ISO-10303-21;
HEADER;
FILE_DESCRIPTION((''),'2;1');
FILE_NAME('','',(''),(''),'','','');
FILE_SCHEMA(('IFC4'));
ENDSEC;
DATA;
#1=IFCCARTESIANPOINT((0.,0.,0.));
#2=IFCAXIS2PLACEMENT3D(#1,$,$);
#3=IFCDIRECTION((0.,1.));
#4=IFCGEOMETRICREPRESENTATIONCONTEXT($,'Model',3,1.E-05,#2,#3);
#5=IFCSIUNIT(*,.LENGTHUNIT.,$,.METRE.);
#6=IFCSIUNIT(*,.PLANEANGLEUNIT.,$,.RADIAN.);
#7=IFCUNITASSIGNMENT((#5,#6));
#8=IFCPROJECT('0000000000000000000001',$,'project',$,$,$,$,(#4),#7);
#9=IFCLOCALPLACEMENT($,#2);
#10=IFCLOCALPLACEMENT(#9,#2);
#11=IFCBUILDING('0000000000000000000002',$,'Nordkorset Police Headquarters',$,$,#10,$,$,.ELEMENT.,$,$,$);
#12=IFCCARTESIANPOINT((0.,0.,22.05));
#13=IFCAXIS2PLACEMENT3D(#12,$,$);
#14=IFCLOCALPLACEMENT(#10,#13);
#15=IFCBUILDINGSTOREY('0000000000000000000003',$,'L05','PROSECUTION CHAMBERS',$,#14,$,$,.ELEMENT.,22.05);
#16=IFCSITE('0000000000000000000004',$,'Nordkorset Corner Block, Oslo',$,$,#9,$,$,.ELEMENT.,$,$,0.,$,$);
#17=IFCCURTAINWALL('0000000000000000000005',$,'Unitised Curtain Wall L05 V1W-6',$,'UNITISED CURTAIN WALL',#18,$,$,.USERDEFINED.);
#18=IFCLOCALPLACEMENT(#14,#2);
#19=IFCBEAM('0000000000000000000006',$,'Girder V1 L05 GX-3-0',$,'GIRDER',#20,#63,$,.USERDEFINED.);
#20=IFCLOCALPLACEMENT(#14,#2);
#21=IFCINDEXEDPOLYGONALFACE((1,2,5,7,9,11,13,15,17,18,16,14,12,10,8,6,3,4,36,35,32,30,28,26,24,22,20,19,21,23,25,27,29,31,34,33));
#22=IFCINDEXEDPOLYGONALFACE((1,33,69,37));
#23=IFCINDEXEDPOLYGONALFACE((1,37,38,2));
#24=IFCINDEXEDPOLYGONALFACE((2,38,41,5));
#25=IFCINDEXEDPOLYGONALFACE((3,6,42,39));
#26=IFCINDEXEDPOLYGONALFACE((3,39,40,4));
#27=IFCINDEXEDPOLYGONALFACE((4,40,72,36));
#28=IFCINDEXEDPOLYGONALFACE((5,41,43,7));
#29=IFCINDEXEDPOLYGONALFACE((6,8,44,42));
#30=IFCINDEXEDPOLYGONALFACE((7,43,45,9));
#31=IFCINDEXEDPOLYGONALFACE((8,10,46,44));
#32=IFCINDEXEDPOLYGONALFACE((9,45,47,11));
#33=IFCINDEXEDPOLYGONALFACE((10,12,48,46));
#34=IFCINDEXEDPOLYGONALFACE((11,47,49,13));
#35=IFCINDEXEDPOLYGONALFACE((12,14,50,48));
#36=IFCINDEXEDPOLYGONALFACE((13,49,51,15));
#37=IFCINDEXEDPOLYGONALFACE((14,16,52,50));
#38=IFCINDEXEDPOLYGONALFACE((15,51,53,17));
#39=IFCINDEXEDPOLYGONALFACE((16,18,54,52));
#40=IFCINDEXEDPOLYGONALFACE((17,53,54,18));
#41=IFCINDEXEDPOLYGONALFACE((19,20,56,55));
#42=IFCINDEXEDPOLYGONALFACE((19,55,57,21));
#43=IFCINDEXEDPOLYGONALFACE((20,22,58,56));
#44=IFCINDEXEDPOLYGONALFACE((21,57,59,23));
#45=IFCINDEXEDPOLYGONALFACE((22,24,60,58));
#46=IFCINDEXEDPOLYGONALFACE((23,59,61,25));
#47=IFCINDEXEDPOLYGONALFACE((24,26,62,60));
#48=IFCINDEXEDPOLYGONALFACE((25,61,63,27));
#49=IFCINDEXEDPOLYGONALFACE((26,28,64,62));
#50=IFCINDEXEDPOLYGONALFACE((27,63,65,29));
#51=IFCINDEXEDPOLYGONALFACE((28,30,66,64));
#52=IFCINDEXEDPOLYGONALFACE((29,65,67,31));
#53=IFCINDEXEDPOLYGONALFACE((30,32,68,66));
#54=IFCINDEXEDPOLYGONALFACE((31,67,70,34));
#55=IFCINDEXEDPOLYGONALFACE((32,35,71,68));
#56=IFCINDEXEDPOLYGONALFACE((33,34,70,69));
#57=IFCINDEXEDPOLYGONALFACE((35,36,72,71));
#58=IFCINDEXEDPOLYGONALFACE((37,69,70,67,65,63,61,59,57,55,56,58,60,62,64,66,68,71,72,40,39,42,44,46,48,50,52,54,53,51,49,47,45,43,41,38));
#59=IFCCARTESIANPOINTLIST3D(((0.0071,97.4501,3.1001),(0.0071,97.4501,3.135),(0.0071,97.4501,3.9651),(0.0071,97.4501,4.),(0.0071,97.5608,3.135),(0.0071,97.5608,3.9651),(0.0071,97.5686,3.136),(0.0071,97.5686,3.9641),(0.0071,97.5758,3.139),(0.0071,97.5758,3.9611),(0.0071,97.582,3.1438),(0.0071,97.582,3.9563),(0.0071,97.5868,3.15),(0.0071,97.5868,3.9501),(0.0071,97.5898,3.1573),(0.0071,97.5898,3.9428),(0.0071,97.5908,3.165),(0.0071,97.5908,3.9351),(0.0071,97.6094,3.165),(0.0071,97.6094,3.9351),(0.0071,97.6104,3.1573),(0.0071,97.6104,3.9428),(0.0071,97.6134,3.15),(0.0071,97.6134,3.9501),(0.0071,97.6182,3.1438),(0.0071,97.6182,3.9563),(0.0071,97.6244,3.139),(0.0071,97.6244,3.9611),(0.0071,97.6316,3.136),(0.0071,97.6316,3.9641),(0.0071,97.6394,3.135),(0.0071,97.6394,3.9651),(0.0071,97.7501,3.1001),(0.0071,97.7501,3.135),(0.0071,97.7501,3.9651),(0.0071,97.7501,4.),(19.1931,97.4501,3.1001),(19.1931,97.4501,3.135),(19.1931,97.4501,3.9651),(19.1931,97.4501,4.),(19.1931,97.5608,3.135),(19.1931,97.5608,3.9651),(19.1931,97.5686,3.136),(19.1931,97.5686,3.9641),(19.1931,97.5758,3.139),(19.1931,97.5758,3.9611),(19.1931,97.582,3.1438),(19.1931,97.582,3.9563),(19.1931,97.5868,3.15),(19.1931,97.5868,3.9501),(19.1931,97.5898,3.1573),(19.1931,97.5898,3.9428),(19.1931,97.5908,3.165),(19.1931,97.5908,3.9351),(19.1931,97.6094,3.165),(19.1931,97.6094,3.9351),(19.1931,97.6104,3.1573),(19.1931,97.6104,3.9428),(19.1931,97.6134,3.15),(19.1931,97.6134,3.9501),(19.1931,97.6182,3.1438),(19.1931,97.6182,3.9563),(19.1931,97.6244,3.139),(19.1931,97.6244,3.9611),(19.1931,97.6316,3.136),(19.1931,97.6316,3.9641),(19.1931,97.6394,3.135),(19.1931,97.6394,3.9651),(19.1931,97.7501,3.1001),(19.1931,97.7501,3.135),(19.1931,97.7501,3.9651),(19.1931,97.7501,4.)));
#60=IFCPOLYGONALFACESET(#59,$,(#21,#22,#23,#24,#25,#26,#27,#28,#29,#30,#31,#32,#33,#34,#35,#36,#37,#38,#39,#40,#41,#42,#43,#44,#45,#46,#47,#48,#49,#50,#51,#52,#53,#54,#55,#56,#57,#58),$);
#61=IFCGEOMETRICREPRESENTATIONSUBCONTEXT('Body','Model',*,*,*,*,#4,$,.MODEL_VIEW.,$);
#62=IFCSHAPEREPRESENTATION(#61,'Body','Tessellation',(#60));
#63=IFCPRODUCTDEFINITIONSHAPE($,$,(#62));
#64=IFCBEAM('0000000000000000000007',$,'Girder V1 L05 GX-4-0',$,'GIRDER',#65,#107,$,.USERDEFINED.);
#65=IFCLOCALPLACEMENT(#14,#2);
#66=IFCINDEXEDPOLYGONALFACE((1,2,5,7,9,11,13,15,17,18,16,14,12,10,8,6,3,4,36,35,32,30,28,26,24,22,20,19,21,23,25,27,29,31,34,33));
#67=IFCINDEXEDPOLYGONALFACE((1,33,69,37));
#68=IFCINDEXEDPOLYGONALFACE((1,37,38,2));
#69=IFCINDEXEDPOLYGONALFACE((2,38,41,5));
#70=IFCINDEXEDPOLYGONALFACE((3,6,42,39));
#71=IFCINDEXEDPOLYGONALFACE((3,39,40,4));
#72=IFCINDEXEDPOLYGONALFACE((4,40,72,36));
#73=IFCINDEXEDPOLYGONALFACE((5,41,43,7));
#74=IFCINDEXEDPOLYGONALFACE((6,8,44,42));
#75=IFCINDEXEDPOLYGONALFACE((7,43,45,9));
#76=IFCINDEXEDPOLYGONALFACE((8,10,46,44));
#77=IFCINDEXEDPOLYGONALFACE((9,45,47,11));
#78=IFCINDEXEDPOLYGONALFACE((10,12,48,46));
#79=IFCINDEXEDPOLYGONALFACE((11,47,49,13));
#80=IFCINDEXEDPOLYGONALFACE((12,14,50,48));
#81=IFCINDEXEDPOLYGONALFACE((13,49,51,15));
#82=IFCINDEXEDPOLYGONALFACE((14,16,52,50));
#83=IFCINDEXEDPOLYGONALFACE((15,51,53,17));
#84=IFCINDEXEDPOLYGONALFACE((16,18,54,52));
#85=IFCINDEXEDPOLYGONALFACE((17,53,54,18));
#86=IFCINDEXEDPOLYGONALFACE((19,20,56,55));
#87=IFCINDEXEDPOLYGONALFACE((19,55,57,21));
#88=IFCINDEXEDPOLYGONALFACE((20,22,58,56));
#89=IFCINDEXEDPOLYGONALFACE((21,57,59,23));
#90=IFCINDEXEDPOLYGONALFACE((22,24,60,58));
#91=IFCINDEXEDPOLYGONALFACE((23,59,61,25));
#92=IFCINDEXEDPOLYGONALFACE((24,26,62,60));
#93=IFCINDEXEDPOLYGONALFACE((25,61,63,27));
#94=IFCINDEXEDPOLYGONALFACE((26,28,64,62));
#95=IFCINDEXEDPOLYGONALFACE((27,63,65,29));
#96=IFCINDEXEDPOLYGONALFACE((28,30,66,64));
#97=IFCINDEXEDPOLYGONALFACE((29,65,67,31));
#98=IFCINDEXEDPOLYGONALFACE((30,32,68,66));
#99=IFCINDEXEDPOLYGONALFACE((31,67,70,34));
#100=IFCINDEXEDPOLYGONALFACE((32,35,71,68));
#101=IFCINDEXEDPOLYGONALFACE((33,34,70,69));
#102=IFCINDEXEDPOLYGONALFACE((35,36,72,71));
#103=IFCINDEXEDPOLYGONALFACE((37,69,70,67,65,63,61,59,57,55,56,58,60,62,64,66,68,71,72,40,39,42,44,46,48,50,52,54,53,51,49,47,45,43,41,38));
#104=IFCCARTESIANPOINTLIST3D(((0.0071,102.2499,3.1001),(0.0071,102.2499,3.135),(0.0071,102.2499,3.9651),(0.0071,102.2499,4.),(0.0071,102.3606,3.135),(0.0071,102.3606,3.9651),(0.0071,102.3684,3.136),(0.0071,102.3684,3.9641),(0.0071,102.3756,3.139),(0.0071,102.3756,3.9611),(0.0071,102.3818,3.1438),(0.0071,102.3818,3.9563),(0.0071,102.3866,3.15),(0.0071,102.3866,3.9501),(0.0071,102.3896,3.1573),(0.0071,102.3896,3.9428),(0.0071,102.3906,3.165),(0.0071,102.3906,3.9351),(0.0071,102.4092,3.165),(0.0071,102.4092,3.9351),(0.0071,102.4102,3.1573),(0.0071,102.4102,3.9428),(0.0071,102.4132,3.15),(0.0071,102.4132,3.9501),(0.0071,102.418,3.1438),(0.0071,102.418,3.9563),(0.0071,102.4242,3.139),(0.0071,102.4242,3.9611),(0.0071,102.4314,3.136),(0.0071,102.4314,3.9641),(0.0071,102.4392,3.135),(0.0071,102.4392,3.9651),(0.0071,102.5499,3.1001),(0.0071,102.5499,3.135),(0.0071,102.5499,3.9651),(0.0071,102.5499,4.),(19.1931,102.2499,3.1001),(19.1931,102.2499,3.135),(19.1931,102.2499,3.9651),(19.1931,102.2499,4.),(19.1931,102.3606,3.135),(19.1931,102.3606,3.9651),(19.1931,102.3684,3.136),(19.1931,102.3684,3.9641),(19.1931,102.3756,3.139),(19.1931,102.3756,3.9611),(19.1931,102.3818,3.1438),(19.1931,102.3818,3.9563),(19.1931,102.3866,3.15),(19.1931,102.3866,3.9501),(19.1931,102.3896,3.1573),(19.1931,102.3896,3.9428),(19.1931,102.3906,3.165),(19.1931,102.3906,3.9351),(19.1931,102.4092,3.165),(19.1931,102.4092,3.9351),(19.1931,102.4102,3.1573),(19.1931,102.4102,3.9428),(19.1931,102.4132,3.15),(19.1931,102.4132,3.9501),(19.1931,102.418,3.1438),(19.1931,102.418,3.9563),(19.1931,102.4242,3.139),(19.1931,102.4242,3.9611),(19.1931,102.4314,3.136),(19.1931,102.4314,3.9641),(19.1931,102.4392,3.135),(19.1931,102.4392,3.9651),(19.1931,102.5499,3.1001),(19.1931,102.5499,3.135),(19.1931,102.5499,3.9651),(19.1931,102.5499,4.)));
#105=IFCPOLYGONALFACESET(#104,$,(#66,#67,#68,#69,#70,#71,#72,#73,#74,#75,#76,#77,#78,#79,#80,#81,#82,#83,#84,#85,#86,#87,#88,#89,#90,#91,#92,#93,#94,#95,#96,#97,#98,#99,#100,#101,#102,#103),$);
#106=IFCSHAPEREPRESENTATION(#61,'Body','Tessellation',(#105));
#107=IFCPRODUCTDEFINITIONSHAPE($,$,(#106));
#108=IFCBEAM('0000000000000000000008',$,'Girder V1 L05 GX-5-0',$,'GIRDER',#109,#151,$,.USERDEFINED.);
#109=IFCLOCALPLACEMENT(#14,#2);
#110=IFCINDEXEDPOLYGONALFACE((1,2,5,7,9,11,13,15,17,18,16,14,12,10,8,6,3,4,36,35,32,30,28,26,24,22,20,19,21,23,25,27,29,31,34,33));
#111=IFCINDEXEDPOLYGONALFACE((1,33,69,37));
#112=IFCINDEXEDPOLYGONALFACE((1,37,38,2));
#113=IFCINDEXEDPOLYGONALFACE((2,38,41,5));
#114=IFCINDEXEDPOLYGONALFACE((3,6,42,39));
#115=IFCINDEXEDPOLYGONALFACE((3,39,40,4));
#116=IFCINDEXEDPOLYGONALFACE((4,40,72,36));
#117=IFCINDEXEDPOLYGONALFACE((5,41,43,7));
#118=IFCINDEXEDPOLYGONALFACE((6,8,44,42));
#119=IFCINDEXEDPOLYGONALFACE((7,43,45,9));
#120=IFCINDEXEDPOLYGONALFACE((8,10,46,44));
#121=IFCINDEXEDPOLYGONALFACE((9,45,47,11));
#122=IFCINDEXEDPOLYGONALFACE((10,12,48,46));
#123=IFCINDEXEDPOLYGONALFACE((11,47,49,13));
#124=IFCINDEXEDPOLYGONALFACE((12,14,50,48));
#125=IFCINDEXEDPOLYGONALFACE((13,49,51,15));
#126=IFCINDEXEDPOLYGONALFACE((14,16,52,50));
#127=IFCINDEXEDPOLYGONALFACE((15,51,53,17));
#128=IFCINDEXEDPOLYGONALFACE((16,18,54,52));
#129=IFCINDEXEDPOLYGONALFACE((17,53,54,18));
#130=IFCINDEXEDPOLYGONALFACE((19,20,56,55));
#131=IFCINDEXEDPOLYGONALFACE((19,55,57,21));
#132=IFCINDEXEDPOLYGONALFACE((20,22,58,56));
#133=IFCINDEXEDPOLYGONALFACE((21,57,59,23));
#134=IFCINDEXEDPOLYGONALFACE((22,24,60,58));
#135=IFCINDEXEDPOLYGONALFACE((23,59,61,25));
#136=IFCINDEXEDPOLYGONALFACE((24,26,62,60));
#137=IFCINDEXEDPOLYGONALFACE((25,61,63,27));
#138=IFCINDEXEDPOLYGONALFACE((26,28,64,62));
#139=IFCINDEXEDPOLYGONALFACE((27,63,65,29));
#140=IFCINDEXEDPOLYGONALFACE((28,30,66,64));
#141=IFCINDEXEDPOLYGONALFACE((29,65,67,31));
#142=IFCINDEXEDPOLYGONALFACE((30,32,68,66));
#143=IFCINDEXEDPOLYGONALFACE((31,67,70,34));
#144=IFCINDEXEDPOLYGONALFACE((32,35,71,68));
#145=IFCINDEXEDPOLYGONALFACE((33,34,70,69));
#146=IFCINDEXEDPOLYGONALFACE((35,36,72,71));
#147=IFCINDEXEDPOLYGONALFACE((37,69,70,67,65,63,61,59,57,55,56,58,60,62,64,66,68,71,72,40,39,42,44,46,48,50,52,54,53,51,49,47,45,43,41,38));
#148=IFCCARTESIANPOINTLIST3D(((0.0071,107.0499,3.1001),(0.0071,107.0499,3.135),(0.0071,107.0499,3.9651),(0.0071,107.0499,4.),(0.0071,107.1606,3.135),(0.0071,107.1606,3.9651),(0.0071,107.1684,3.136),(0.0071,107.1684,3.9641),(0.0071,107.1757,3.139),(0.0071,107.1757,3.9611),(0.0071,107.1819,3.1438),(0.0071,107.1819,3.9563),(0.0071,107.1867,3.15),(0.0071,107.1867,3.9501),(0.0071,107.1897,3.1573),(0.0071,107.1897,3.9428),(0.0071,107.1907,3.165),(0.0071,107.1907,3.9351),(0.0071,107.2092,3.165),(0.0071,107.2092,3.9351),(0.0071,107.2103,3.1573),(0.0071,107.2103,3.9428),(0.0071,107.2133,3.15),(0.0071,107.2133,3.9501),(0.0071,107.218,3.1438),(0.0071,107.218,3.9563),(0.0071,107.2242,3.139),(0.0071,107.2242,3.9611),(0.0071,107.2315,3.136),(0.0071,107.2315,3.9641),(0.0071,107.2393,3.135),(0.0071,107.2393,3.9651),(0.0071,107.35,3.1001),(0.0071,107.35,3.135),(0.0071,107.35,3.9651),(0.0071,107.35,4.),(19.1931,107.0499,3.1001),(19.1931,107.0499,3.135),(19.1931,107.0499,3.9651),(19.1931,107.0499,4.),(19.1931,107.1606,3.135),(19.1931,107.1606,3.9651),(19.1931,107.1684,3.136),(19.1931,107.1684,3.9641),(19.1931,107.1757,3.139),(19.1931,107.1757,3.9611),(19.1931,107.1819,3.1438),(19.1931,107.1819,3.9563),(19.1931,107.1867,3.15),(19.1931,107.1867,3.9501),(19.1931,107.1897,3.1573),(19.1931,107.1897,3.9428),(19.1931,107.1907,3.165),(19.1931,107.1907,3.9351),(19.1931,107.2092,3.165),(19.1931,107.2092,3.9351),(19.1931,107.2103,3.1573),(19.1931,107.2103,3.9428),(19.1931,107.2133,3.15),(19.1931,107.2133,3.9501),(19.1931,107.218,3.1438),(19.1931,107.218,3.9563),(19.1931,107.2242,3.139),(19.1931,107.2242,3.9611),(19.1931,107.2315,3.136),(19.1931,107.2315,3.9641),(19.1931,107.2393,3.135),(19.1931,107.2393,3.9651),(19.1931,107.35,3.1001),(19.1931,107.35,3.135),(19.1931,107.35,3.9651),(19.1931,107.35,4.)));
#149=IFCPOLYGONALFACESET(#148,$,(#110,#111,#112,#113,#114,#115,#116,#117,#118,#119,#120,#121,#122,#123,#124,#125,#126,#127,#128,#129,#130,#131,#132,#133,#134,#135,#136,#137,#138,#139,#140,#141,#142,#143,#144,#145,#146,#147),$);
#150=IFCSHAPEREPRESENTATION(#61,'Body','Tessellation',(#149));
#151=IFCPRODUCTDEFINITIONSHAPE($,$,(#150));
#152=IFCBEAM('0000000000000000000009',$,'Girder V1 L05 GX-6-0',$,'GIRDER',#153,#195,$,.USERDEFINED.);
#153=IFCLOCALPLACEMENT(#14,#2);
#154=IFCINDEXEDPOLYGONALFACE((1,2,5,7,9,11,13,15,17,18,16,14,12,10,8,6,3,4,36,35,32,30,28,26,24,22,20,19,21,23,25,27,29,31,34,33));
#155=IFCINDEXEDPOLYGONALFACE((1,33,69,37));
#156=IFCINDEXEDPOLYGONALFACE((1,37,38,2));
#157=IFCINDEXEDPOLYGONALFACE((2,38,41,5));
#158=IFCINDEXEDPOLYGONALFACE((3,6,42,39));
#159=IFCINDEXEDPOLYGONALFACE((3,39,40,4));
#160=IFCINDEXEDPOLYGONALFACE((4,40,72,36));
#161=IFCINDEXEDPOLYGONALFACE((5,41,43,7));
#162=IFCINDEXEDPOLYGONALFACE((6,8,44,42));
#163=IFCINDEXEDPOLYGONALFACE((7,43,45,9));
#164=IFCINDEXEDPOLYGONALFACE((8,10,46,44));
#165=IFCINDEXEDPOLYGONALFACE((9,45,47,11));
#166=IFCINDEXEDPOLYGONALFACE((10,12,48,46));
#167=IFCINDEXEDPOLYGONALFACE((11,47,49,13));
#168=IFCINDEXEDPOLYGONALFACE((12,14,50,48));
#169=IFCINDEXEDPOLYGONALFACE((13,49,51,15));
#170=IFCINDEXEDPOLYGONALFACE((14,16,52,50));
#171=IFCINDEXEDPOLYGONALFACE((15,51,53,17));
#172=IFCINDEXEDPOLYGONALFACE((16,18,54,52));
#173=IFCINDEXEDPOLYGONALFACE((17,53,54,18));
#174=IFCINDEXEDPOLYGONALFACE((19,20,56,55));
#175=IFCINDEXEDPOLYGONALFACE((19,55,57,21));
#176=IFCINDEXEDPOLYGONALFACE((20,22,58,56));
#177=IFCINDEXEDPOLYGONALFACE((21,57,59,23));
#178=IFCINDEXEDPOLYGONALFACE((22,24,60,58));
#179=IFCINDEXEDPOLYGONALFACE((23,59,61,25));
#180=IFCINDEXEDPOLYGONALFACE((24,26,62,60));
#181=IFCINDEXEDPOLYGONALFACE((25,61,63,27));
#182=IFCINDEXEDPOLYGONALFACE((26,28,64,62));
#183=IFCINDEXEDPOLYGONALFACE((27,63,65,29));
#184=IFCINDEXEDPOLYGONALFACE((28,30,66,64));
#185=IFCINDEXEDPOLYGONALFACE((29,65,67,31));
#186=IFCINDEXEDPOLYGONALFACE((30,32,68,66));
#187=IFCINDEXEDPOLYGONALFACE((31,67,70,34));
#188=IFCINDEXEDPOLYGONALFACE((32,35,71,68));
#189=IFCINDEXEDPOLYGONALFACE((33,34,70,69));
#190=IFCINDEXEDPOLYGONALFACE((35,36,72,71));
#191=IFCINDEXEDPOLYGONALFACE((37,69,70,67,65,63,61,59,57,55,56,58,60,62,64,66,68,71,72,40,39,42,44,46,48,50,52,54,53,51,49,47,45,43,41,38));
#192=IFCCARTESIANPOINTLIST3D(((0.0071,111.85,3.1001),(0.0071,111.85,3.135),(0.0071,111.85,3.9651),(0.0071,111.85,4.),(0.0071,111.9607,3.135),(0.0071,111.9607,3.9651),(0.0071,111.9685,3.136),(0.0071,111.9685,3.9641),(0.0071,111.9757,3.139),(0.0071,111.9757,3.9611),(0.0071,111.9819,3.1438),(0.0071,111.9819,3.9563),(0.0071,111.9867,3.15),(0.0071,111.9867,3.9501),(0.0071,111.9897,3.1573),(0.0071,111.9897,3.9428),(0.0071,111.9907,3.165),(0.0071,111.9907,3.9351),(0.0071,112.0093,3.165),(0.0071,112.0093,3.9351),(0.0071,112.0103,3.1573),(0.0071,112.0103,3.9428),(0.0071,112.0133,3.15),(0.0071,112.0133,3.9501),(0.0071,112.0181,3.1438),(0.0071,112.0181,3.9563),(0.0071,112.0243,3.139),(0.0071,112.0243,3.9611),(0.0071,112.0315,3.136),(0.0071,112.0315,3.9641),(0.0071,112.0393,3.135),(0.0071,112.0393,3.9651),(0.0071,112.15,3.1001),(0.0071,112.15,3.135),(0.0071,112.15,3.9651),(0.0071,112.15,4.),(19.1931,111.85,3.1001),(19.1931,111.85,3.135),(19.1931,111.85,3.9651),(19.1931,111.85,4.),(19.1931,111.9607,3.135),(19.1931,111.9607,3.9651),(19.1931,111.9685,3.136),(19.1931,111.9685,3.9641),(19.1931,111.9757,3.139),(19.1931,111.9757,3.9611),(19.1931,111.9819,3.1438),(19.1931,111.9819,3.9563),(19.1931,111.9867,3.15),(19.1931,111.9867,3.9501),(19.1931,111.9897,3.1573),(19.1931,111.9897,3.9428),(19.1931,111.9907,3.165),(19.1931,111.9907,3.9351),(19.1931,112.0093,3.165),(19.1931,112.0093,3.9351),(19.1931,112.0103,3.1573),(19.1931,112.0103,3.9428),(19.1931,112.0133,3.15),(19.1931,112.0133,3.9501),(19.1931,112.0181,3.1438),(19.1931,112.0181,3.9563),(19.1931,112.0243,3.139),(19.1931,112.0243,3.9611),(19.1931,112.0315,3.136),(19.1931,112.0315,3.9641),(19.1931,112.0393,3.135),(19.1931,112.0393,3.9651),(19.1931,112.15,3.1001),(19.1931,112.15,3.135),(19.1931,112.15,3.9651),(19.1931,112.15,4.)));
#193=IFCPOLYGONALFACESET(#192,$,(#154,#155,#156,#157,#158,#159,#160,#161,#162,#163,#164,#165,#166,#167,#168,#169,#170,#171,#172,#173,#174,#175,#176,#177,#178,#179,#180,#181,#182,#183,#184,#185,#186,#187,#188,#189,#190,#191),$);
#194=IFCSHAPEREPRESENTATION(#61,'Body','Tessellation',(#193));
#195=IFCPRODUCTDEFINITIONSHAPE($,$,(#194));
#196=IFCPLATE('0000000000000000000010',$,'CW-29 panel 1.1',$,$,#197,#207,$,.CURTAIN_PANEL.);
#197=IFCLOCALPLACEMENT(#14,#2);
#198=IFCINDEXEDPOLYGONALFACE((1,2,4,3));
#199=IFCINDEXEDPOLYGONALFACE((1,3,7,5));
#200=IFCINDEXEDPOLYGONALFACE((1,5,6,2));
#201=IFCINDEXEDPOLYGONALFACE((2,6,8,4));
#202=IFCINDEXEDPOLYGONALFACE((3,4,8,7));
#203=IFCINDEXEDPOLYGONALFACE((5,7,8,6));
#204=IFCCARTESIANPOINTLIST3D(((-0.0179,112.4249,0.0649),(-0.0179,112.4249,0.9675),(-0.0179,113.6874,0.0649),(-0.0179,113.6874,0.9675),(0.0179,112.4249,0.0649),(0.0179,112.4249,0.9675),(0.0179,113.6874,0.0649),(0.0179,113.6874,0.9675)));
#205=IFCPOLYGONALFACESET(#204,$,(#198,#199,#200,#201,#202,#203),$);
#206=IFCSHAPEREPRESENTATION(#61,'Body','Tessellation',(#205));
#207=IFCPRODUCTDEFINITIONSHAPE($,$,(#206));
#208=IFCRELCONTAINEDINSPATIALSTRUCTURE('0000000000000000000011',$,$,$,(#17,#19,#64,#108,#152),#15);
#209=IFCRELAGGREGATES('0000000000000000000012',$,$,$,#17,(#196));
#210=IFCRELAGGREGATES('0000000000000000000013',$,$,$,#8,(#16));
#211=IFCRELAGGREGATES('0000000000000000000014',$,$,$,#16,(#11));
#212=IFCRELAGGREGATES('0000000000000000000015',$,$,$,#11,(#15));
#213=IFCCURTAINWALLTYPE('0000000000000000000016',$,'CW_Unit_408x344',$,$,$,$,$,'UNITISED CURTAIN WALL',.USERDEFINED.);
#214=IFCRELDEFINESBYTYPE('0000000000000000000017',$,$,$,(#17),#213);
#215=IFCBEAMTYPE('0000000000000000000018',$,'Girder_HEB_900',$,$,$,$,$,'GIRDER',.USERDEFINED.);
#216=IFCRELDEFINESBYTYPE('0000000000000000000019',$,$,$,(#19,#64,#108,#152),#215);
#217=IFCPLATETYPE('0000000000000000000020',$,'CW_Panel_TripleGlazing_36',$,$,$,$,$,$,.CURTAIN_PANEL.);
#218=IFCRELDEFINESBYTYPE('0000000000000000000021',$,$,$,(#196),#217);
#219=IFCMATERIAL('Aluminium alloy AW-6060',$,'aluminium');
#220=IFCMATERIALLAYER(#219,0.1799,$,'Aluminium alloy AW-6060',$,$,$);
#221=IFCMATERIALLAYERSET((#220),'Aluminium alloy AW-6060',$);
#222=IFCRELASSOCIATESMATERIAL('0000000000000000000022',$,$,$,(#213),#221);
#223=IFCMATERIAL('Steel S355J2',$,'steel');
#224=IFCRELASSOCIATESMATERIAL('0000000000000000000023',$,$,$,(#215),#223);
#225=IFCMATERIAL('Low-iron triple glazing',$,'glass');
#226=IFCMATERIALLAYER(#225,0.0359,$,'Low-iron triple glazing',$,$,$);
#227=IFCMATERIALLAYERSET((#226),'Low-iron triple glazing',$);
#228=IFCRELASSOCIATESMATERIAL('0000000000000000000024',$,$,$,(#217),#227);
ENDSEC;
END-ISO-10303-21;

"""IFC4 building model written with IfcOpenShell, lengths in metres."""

from ifc_helpers import new_model, si_unit, direction, frame, origin, origin_2d, place, context, subcontext, project, spatial, rectangle, i_section, extrude, material, layer, layer_set, material_profile, profile_set, type_object, element, aggregate, save


model = new_model("IFC4")

# Units and contexts
model_context = context("Model", 3, precision=1e-05, world=origin(), true_north=direction((0.0, 1.0)))
body_context = subcontext(model_context, "Body", "Model", "MODEL_VIEW")
ifc_project = project(units=[si_unit("LENGTHUNIT", "METRE"), si_unit("PLANEANGLEUNIT", "RADIAN")], contexts=[model_context])

# Site, building, storey
site_placement = place(None, origin())
site = spatial("IfcSite", under=ifc_project, at=site_placement, Name="Nordkorset Corner Block, Oslo", CompositionType="ELEMENT", RefElevation=0.0)
building_placement = place(site_placement, origin())
building = spatial("IfcBuilding", under=site, at=building_placement, Name="Nordkorset Police Headquarters", CompositionType="ELEMENT")
storey_placement = place(building_placement, frame((0.0, 0.0, 22.05)))
storey = spatial("IfcBuildingStorey", under=building, at=storey_placement, Name="L05", Description="PROSECUTION CHAMBERS", CompositionType="ELEMENT", Elevation=22.05)

# Curtain wall
ifc_material_1 = material(Name="Aluminium alloy AW-6060", Category="aluminium")
ifc_layer_1 = layer(ifc_material_1, 0.1799, Name="Aluminium alloy AW-6060")
ifc_layer_set_1 = layer_set([ifc_layer_1], Name="Aluminium alloy AW-6060")
curtain_wall_type = type_object("IfcCurtainWallType", Name="CW_Unit_408x344", ElementType="UNITISED CURTAIN WALL", PredefinedType="USERDEFINED", material=ifc_layer_set_1)
curtain_wall_placement = place(storey_placement, origin())
curtain_wall = element("IfcCurtainWall", 1, at=curtain_wall_placement, inside=storey, type_object=curtain_wall_type, Name="Unitised Curtain Wall L05 V1W-6", ObjectType="UNITISED CURTAIN WALL", PredefinedType="USERDEFINED")

# Beams
ifc_material_2 = material(Name="Steel S355J2", Category="steel")
ifc_material_profile_1 = material_profile(ifc_material_2, i_section(OverallWidth=0.3, OverallDepth=0.8999, WebThickness=0.0186, FlangeThickness=0.0349, FilletRadius=0.03, at=origin_2d()), Name="HEB 900")
ifc_profile_set_1 = profile_set([ifc_material_profile_1], Name="Steel S355J2")
beam_type_1 = type_object("IfcBeamType", Name="Girder_HEB_900", ElementType="GIRDER", PredefinedType="USERDEFINED", material=ifc_profile_set_1)
for number, where, z_axis, x_axis, name in (
    (2, (0.0071, 97.6001, 3.55), (1.0, 0.0, 0.0), (0.0, 1.0, 0.0), "Girder V1 L05 GX-3-0"),
    (3, (0.0071, 102.3999, 3.55), (1.0, 0.0, 0.0), (0.0, 1.0, 0.0), "Girder V1 L05 GX-4-0"),
    (4, (0.0071, 107.2, 3.55), (1.0, 0.0, 0.0), (0.0, 1.0, 0.0), "Girder V1 L05 GX-5-0"),
    (5, (0.0071, 112.0, 3.55), (1.0, 0.0, 0.0), (0.0, 1.0, 0.0), "Girder V1 L05 GX-6-0"),
):
    element("IfcBeam", number, at=place(storey_placement, frame(where, z_axis=z_axis, x_axis=x_axis)), inside=storey, type_object=beam_type_1, Name=name, ObjectType="GIRDER", PredefinedType="USERDEFINED", context=body_context, shape_type="SweptSolid", body=[
        extrude(i_section(OverallWidth=0.3, OverallDepth=0.8999, WebThickness=0.0186, FlangeThickness=0.0349, FilletRadius=0.03, at=origin_2d()), origin(), (0.0, 0.0, 1.0), 19.186),
    ])

# Plate
ifc_material_3 = material(Name="Low-iron triple glazing", Category="glass")
ifc_layer_2 = layer(ifc_material_3, 0.0359, Name="Low-iron triple glazing")
ifc_layer_set_2 = layer_set([ifc_layer_2], Name="Low-iron triple glazing")
plate_type = type_object("IfcPlateType", Name="CW_Panel_TripleGlazing_36", PredefinedType="CURTAIN_PANEL", material=ifc_layer_set_2)
plate_1_placement = place(storey_placement, frame((0.0, 113.0562, 0.0649), z_axis=(0.0, 0.0, 1.0), x_axis=(0.0, 1.0, 0.0)))
plate_1 = element("IfcPlate", 6, at=plate_1_placement, type_object=plate_type, Name="CW-29 panel 1.1", PredefinedType="CURTAIN_PANEL", context=body_context, shape_type="SweptSolid", body=[
    extrude(rectangle(XDim=1.2625, YDim=0.0359, at=origin_2d()), origin(), (0.0, 0.0, 1.0), 0.9026),
])
aggregate(curtain_wall, [plate_1])

save(model, "model.ifc")
